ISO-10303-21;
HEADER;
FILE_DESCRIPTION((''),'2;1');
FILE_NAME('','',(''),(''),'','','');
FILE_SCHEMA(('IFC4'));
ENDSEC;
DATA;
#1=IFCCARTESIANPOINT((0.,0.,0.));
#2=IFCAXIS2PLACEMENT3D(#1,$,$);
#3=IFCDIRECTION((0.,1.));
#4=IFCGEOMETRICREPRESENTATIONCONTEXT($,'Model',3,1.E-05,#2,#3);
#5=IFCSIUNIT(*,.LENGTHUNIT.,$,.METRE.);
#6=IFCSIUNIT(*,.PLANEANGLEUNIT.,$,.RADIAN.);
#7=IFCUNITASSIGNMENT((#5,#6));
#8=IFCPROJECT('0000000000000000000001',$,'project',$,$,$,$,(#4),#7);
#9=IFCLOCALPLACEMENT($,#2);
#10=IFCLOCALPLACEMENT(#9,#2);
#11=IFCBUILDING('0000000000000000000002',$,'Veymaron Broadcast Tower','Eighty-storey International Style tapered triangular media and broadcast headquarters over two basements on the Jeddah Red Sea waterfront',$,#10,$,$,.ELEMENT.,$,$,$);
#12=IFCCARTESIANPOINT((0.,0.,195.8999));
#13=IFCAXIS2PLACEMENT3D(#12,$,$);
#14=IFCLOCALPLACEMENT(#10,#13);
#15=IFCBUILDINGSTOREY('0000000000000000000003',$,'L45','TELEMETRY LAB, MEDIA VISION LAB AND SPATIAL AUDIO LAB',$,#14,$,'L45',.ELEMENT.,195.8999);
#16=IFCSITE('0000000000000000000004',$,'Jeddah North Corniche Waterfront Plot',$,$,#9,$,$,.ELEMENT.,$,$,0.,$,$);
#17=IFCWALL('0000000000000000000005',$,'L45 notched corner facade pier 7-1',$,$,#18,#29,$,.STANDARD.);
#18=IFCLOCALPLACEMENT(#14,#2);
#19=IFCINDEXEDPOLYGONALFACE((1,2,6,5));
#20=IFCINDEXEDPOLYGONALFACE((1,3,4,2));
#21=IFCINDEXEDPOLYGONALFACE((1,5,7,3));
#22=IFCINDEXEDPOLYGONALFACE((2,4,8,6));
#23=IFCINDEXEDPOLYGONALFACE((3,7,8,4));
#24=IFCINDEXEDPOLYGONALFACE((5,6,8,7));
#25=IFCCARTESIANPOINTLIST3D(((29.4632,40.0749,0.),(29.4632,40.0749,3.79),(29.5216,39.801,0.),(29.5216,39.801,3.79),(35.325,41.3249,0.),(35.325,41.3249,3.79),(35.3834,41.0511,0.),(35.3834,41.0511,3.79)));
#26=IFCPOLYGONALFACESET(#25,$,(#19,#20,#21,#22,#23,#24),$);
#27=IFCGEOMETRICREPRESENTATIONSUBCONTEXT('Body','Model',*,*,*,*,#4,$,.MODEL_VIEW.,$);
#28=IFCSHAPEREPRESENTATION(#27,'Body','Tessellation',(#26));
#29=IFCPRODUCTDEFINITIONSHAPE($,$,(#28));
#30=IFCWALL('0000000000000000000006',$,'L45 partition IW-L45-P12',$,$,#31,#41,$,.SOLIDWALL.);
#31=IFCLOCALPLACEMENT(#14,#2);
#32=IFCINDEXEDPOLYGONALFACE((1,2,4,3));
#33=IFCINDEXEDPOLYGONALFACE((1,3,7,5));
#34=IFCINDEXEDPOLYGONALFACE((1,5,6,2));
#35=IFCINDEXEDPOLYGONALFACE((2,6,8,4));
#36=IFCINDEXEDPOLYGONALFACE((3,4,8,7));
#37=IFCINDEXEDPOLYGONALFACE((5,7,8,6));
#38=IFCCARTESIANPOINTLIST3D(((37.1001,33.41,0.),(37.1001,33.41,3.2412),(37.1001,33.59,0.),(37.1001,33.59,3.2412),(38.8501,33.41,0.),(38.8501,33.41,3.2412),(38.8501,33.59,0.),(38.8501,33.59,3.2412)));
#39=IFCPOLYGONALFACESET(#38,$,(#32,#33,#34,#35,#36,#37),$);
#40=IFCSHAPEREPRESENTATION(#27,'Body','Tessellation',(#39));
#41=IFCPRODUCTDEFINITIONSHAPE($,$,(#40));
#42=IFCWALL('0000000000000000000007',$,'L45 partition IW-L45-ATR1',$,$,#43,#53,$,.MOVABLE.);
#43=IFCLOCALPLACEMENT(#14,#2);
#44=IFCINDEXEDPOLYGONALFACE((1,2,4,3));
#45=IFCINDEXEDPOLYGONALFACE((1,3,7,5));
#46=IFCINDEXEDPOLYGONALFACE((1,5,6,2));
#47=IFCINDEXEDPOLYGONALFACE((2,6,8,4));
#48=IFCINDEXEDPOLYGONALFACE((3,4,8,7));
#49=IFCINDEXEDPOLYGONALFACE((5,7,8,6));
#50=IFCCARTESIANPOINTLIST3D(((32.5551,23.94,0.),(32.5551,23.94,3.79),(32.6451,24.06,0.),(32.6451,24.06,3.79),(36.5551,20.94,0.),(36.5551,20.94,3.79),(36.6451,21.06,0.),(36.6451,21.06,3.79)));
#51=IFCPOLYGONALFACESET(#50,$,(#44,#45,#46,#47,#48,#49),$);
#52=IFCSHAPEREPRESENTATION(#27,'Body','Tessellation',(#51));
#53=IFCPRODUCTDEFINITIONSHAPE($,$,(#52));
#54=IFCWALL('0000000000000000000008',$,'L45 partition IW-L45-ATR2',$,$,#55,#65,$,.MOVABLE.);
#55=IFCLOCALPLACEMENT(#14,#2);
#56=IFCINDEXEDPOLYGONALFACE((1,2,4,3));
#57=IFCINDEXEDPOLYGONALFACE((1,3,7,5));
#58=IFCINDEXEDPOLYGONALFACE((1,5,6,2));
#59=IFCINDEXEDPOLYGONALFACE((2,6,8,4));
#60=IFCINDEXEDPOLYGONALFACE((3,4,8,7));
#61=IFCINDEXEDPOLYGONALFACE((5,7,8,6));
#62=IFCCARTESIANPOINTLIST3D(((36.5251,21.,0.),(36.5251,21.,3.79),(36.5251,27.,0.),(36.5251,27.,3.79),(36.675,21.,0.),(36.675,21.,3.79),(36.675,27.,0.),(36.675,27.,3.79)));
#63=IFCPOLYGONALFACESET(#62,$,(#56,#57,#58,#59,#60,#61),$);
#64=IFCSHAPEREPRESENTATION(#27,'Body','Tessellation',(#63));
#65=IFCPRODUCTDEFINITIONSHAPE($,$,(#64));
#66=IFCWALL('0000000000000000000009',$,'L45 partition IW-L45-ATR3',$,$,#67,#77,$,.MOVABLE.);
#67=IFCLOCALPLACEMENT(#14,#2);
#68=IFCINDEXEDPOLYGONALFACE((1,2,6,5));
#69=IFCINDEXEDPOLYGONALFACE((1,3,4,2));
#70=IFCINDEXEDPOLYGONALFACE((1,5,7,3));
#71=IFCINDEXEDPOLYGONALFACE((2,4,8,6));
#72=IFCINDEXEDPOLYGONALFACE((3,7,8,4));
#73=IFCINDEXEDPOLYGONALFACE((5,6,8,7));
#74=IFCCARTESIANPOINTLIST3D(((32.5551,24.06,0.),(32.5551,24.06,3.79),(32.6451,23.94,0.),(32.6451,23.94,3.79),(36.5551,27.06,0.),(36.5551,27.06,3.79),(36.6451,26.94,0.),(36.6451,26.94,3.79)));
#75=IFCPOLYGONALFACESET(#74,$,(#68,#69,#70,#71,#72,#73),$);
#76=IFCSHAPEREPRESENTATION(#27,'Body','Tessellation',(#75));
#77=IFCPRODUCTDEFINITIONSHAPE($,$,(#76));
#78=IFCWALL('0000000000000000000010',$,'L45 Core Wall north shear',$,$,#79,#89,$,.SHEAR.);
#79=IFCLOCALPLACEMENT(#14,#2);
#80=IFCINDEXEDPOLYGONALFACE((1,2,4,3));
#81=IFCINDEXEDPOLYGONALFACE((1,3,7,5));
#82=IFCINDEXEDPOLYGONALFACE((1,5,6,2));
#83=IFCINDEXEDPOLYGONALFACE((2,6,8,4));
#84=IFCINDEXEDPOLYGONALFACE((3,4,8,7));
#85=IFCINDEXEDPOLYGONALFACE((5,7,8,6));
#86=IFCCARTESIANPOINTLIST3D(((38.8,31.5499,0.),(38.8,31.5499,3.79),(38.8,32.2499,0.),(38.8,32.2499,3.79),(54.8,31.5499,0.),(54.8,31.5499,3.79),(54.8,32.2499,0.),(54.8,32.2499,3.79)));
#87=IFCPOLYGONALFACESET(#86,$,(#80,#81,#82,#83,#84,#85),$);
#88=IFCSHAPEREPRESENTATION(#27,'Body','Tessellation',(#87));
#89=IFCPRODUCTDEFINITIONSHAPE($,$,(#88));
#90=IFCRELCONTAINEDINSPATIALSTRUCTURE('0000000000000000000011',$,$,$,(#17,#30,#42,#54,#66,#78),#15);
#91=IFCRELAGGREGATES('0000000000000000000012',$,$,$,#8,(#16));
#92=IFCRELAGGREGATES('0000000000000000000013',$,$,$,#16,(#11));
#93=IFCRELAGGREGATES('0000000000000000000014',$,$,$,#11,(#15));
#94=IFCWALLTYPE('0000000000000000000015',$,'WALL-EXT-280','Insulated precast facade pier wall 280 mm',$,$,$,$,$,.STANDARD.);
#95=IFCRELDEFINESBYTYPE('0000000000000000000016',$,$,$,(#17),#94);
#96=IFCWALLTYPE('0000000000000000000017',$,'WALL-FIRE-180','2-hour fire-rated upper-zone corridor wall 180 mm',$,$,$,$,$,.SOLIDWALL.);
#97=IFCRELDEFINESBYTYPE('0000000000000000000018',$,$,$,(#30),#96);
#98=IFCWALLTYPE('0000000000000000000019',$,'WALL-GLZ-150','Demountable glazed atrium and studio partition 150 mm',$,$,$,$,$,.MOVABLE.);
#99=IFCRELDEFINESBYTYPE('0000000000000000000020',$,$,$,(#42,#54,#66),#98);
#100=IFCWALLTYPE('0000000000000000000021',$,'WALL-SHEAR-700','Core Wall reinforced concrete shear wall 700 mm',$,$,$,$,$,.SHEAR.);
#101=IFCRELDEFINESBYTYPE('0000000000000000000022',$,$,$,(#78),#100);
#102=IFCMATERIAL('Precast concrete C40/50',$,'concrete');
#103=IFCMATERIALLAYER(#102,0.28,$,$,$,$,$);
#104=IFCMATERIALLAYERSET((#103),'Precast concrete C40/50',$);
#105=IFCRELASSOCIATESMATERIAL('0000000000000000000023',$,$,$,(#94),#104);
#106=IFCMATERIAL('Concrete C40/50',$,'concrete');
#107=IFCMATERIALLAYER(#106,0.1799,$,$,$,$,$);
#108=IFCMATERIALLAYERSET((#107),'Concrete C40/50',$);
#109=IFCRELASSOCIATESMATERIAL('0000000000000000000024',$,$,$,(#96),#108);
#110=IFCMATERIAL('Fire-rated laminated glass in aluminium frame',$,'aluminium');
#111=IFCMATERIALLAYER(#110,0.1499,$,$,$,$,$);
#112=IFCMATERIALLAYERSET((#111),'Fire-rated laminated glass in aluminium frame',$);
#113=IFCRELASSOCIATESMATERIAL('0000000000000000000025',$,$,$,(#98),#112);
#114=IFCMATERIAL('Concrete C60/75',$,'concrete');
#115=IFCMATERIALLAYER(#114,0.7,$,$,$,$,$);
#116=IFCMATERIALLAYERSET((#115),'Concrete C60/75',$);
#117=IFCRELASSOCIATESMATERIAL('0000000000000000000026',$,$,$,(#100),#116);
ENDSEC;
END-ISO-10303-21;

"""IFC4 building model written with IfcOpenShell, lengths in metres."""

from ifc_helpers import new_model, si_unit, direction, frame, frame_2d, origin, place, context, subcontext, project, spatial, rectangle, extrude, material, layer, layer_set, type_object, element, save


model = new_model("IFC4")

# Units and contexts
model_context = context("Model", 3, precision=1e-05, world=origin(), true_north=direction((0.0, 1.0)))
body_context = subcontext(model_context, "Body", "Model", "MODEL_VIEW")
ifc_project = project(units=[si_unit("LENGTHUNIT", "METRE"), si_unit("PLANEANGLEUNIT", "RADIAN")], contexts=[model_context])

# Site, building, storey
site_placement = place(None, origin())
site = spatial("IfcSite", under=ifc_project, at=site_placement, Name="Jeddah North Corniche Waterfront Plot", CompositionType="ELEMENT", RefElevation=0.0)
building_placement = place(site_placement, origin())
building = spatial("IfcBuilding", under=site, at=building_placement, Name="Veymaron Broadcast Tower", Description="Eighty-storey International Style tapered triangular media and broadcast headquarters over two basements on the Jeddah Red Sea waterfront", CompositionType="ELEMENT")
storey_placement = place(building_placement, frame((0.0, 0.0, 195.8999)))
storey = spatial("IfcBuildingStorey", under=building, at=storey_placement, Name="L45", Description="TELEMETRY LAB, MEDIA VISION LAB AND SPATIAL AUDIO LAB", LongName="L45", CompositionType="ELEMENT", Elevation=195.8999)

# Walls
ifc_material_1 = material(Name="Precast concrete C40/50", Category="concrete")
ifc_layer_1 = layer(ifc_material_1, 0.28)
ifc_layer_set_1 = layer_set([ifc_layer_1], Name="Precast concrete C40/50")
wall_type_1 = type_object("IfcWallType", Name="WALL-EXT-280", Description="Insulated precast facade pier wall 280 mm", PredefinedType="STANDARD", material=ifc_layer_set_1)
wall_1_placement = place(storey_placement, frame((35.3542, 41.188, 0.0), z_axis=(0.0, 0.0, 1.0), x_axis=(-0.978011, -0.208555, 0.0)))
element("IfcWall", 1, at=wall_1_placement, inside=storey, type_object=wall_type_1, Name="L45 notched corner facade pier 7-1", PredefinedType="STANDARD", context=body_context, shape_type="SweptSolid", body=[
    extrude(rectangle(XDim=5.9937, YDim=0.28, at=frame_2d((2.9968, 0.0))), origin(), (0.0, 0.0, 1.0), 3.79),
])
ifc_material_2 = material(Name="Concrete C40/50", Category="concrete")
ifc_layer_2 = layer(ifc_material_2, 0.1799)
ifc_layer_set_2 = layer_set([ifc_layer_2], Name="Concrete C40/50")
wall_type_2 = type_object("IfcWallType", Name="WALL-FIRE-180", Description="2-hour fire-rated upper-zone corridor wall 180 mm", PredefinedType="SOLIDWALL", material=ifc_layer_set_2)
wall_2_placement = place(storey_placement, frame((37.1001, 33.5, 0.0), z_axis=(0.0, 0.0, 1.0), x_axis=(1.0, 0.0, 0.0)))
element("IfcWall", 2, at=wall_2_placement, inside=storey, type_object=wall_type_2, Name="L45 partition IW-L45-P12", PredefinedType="SOLIDWALL", context=body_context, shape_type="SweptSolid", body=[
    extrude(rectangle(XDim=1.75, YDim=0.1799, at=frame_2d((0.875, 0.0))), origin(), (0.0, 0.0, 1.0), 3.2412),
])
ifc_material_3 = material(Name="Fire-rated laminated glass in aluminium frame", Category="aluminium")
ifc_layer_3 = layer(ifc_material_3, 0.1499)
ifc_layer_set_3 = layer_set([ifc_layer_3], Name="Fire-rated laminated glass in aluminium frame")
wall_type_3 = type_object("IfcWallType", Name="WALL-GLZ-150", Description="Demountable glazed atrium and studio partition 150 mm", PredefinedType="MOVABLE", material=ifc_layer_set_3)
wall_3_placement = place(storey_placement, frame((32.6001, 24.0, 0.0), z_axis=(0.0, 0.0, 1.0), x_axis=(0.8, -0.6, 0.0)))
element("IfcWall", 3, at=wall_3_placement, inside=storey, type_object=wall_type_3, Name="L45 partition IW-L45-ATR1", PredefinedType="MOVABLE", context=body_context, shape_type="SweptSolid", body=[
    extrude(rectangle(XDim=5.0, YDim=0.1499, at=frame_2d((2.5, 0.0))), origin(), (0.0, 0.0, 1.0), 3.79),
])
wall_4_placement = place(storey_placement, frame((36.6001, 21.0, 0.0), z_axis=(0.0, 0.0, 1.0), x_axis=(0.0, 1.0, 0.0)))
element("IfcWall", 4, at=wall_4_placement, inside=storey, type_object=wall_type_3, Name="L45 partition IW-L45-ATR2", PredefinedType="MOVABLE", context=body_context, shape_type="SweptSolid", body=[
    extrude(rectangle(XDim=6.0, YDim=0.1499, at=frame_2d((3.0, 0.0))), origin(), (0.0, 0.0, 1.0), 3.79),
])
wall_5_placement = place(storey_placement, frame((36.6001, 27.0, 0.0), z_axis=(0.0, 0.0, 1.0), x_axis=(-0.8, -0.6, 0.0)))
element("IfcWall", 5, at=wall_5_placement, inside=storey, type_object=wall_type_3, Name="L45 partition IW-L45-ATR3", PredefinedType="MOVABLE", context=body_context, shape_type="SweptSolid", body=[
    extrude(rectangle(XDim=5.0, YDim=0.1499, at=frame_2d((2.5, 0.0))), origin(), (0.0, 0.0, 1.0), 3.79),
])
ifc_material_4 = material(Name="Concrete C60/75", Category="concrete")
ifc_layer_4 = layer(ifc_material_4, 0.7)
ifc_layer_set_4 = layer_set([ifc_layer_4], Name="Concrete C60/75")
wall_type_4 = type_object("IfcWallType", Name="WALL-SHEAR-700", Description="Core Wall reinforced concrete shear wall 700 mm", PredefinedType="SHEAR", material=ifc_layer_set_4)
wall_6_placement = place(storey_placement, frame((38.8, 31.8999, 0.0), z_axis=(0.0, 0.0, 1.0), x_axis=(1.0, 0.0, 0.0)))
element("IfcWall", 6, at=wall_6_placement, inside=storey, type_object=wall_type_4, Name="L45 Core Wall north shear", PredefinedType="SHEAR", context=body_context, shape_type="SweptSolid", body=[
    extrude(rectangle(XDim=16.0, YDim=0.7, at=frame_2d((8.0, 0.0))), origin(), (0.0, 0.0, 1.0), 3.79),
])

save(model, "model.ifc")
